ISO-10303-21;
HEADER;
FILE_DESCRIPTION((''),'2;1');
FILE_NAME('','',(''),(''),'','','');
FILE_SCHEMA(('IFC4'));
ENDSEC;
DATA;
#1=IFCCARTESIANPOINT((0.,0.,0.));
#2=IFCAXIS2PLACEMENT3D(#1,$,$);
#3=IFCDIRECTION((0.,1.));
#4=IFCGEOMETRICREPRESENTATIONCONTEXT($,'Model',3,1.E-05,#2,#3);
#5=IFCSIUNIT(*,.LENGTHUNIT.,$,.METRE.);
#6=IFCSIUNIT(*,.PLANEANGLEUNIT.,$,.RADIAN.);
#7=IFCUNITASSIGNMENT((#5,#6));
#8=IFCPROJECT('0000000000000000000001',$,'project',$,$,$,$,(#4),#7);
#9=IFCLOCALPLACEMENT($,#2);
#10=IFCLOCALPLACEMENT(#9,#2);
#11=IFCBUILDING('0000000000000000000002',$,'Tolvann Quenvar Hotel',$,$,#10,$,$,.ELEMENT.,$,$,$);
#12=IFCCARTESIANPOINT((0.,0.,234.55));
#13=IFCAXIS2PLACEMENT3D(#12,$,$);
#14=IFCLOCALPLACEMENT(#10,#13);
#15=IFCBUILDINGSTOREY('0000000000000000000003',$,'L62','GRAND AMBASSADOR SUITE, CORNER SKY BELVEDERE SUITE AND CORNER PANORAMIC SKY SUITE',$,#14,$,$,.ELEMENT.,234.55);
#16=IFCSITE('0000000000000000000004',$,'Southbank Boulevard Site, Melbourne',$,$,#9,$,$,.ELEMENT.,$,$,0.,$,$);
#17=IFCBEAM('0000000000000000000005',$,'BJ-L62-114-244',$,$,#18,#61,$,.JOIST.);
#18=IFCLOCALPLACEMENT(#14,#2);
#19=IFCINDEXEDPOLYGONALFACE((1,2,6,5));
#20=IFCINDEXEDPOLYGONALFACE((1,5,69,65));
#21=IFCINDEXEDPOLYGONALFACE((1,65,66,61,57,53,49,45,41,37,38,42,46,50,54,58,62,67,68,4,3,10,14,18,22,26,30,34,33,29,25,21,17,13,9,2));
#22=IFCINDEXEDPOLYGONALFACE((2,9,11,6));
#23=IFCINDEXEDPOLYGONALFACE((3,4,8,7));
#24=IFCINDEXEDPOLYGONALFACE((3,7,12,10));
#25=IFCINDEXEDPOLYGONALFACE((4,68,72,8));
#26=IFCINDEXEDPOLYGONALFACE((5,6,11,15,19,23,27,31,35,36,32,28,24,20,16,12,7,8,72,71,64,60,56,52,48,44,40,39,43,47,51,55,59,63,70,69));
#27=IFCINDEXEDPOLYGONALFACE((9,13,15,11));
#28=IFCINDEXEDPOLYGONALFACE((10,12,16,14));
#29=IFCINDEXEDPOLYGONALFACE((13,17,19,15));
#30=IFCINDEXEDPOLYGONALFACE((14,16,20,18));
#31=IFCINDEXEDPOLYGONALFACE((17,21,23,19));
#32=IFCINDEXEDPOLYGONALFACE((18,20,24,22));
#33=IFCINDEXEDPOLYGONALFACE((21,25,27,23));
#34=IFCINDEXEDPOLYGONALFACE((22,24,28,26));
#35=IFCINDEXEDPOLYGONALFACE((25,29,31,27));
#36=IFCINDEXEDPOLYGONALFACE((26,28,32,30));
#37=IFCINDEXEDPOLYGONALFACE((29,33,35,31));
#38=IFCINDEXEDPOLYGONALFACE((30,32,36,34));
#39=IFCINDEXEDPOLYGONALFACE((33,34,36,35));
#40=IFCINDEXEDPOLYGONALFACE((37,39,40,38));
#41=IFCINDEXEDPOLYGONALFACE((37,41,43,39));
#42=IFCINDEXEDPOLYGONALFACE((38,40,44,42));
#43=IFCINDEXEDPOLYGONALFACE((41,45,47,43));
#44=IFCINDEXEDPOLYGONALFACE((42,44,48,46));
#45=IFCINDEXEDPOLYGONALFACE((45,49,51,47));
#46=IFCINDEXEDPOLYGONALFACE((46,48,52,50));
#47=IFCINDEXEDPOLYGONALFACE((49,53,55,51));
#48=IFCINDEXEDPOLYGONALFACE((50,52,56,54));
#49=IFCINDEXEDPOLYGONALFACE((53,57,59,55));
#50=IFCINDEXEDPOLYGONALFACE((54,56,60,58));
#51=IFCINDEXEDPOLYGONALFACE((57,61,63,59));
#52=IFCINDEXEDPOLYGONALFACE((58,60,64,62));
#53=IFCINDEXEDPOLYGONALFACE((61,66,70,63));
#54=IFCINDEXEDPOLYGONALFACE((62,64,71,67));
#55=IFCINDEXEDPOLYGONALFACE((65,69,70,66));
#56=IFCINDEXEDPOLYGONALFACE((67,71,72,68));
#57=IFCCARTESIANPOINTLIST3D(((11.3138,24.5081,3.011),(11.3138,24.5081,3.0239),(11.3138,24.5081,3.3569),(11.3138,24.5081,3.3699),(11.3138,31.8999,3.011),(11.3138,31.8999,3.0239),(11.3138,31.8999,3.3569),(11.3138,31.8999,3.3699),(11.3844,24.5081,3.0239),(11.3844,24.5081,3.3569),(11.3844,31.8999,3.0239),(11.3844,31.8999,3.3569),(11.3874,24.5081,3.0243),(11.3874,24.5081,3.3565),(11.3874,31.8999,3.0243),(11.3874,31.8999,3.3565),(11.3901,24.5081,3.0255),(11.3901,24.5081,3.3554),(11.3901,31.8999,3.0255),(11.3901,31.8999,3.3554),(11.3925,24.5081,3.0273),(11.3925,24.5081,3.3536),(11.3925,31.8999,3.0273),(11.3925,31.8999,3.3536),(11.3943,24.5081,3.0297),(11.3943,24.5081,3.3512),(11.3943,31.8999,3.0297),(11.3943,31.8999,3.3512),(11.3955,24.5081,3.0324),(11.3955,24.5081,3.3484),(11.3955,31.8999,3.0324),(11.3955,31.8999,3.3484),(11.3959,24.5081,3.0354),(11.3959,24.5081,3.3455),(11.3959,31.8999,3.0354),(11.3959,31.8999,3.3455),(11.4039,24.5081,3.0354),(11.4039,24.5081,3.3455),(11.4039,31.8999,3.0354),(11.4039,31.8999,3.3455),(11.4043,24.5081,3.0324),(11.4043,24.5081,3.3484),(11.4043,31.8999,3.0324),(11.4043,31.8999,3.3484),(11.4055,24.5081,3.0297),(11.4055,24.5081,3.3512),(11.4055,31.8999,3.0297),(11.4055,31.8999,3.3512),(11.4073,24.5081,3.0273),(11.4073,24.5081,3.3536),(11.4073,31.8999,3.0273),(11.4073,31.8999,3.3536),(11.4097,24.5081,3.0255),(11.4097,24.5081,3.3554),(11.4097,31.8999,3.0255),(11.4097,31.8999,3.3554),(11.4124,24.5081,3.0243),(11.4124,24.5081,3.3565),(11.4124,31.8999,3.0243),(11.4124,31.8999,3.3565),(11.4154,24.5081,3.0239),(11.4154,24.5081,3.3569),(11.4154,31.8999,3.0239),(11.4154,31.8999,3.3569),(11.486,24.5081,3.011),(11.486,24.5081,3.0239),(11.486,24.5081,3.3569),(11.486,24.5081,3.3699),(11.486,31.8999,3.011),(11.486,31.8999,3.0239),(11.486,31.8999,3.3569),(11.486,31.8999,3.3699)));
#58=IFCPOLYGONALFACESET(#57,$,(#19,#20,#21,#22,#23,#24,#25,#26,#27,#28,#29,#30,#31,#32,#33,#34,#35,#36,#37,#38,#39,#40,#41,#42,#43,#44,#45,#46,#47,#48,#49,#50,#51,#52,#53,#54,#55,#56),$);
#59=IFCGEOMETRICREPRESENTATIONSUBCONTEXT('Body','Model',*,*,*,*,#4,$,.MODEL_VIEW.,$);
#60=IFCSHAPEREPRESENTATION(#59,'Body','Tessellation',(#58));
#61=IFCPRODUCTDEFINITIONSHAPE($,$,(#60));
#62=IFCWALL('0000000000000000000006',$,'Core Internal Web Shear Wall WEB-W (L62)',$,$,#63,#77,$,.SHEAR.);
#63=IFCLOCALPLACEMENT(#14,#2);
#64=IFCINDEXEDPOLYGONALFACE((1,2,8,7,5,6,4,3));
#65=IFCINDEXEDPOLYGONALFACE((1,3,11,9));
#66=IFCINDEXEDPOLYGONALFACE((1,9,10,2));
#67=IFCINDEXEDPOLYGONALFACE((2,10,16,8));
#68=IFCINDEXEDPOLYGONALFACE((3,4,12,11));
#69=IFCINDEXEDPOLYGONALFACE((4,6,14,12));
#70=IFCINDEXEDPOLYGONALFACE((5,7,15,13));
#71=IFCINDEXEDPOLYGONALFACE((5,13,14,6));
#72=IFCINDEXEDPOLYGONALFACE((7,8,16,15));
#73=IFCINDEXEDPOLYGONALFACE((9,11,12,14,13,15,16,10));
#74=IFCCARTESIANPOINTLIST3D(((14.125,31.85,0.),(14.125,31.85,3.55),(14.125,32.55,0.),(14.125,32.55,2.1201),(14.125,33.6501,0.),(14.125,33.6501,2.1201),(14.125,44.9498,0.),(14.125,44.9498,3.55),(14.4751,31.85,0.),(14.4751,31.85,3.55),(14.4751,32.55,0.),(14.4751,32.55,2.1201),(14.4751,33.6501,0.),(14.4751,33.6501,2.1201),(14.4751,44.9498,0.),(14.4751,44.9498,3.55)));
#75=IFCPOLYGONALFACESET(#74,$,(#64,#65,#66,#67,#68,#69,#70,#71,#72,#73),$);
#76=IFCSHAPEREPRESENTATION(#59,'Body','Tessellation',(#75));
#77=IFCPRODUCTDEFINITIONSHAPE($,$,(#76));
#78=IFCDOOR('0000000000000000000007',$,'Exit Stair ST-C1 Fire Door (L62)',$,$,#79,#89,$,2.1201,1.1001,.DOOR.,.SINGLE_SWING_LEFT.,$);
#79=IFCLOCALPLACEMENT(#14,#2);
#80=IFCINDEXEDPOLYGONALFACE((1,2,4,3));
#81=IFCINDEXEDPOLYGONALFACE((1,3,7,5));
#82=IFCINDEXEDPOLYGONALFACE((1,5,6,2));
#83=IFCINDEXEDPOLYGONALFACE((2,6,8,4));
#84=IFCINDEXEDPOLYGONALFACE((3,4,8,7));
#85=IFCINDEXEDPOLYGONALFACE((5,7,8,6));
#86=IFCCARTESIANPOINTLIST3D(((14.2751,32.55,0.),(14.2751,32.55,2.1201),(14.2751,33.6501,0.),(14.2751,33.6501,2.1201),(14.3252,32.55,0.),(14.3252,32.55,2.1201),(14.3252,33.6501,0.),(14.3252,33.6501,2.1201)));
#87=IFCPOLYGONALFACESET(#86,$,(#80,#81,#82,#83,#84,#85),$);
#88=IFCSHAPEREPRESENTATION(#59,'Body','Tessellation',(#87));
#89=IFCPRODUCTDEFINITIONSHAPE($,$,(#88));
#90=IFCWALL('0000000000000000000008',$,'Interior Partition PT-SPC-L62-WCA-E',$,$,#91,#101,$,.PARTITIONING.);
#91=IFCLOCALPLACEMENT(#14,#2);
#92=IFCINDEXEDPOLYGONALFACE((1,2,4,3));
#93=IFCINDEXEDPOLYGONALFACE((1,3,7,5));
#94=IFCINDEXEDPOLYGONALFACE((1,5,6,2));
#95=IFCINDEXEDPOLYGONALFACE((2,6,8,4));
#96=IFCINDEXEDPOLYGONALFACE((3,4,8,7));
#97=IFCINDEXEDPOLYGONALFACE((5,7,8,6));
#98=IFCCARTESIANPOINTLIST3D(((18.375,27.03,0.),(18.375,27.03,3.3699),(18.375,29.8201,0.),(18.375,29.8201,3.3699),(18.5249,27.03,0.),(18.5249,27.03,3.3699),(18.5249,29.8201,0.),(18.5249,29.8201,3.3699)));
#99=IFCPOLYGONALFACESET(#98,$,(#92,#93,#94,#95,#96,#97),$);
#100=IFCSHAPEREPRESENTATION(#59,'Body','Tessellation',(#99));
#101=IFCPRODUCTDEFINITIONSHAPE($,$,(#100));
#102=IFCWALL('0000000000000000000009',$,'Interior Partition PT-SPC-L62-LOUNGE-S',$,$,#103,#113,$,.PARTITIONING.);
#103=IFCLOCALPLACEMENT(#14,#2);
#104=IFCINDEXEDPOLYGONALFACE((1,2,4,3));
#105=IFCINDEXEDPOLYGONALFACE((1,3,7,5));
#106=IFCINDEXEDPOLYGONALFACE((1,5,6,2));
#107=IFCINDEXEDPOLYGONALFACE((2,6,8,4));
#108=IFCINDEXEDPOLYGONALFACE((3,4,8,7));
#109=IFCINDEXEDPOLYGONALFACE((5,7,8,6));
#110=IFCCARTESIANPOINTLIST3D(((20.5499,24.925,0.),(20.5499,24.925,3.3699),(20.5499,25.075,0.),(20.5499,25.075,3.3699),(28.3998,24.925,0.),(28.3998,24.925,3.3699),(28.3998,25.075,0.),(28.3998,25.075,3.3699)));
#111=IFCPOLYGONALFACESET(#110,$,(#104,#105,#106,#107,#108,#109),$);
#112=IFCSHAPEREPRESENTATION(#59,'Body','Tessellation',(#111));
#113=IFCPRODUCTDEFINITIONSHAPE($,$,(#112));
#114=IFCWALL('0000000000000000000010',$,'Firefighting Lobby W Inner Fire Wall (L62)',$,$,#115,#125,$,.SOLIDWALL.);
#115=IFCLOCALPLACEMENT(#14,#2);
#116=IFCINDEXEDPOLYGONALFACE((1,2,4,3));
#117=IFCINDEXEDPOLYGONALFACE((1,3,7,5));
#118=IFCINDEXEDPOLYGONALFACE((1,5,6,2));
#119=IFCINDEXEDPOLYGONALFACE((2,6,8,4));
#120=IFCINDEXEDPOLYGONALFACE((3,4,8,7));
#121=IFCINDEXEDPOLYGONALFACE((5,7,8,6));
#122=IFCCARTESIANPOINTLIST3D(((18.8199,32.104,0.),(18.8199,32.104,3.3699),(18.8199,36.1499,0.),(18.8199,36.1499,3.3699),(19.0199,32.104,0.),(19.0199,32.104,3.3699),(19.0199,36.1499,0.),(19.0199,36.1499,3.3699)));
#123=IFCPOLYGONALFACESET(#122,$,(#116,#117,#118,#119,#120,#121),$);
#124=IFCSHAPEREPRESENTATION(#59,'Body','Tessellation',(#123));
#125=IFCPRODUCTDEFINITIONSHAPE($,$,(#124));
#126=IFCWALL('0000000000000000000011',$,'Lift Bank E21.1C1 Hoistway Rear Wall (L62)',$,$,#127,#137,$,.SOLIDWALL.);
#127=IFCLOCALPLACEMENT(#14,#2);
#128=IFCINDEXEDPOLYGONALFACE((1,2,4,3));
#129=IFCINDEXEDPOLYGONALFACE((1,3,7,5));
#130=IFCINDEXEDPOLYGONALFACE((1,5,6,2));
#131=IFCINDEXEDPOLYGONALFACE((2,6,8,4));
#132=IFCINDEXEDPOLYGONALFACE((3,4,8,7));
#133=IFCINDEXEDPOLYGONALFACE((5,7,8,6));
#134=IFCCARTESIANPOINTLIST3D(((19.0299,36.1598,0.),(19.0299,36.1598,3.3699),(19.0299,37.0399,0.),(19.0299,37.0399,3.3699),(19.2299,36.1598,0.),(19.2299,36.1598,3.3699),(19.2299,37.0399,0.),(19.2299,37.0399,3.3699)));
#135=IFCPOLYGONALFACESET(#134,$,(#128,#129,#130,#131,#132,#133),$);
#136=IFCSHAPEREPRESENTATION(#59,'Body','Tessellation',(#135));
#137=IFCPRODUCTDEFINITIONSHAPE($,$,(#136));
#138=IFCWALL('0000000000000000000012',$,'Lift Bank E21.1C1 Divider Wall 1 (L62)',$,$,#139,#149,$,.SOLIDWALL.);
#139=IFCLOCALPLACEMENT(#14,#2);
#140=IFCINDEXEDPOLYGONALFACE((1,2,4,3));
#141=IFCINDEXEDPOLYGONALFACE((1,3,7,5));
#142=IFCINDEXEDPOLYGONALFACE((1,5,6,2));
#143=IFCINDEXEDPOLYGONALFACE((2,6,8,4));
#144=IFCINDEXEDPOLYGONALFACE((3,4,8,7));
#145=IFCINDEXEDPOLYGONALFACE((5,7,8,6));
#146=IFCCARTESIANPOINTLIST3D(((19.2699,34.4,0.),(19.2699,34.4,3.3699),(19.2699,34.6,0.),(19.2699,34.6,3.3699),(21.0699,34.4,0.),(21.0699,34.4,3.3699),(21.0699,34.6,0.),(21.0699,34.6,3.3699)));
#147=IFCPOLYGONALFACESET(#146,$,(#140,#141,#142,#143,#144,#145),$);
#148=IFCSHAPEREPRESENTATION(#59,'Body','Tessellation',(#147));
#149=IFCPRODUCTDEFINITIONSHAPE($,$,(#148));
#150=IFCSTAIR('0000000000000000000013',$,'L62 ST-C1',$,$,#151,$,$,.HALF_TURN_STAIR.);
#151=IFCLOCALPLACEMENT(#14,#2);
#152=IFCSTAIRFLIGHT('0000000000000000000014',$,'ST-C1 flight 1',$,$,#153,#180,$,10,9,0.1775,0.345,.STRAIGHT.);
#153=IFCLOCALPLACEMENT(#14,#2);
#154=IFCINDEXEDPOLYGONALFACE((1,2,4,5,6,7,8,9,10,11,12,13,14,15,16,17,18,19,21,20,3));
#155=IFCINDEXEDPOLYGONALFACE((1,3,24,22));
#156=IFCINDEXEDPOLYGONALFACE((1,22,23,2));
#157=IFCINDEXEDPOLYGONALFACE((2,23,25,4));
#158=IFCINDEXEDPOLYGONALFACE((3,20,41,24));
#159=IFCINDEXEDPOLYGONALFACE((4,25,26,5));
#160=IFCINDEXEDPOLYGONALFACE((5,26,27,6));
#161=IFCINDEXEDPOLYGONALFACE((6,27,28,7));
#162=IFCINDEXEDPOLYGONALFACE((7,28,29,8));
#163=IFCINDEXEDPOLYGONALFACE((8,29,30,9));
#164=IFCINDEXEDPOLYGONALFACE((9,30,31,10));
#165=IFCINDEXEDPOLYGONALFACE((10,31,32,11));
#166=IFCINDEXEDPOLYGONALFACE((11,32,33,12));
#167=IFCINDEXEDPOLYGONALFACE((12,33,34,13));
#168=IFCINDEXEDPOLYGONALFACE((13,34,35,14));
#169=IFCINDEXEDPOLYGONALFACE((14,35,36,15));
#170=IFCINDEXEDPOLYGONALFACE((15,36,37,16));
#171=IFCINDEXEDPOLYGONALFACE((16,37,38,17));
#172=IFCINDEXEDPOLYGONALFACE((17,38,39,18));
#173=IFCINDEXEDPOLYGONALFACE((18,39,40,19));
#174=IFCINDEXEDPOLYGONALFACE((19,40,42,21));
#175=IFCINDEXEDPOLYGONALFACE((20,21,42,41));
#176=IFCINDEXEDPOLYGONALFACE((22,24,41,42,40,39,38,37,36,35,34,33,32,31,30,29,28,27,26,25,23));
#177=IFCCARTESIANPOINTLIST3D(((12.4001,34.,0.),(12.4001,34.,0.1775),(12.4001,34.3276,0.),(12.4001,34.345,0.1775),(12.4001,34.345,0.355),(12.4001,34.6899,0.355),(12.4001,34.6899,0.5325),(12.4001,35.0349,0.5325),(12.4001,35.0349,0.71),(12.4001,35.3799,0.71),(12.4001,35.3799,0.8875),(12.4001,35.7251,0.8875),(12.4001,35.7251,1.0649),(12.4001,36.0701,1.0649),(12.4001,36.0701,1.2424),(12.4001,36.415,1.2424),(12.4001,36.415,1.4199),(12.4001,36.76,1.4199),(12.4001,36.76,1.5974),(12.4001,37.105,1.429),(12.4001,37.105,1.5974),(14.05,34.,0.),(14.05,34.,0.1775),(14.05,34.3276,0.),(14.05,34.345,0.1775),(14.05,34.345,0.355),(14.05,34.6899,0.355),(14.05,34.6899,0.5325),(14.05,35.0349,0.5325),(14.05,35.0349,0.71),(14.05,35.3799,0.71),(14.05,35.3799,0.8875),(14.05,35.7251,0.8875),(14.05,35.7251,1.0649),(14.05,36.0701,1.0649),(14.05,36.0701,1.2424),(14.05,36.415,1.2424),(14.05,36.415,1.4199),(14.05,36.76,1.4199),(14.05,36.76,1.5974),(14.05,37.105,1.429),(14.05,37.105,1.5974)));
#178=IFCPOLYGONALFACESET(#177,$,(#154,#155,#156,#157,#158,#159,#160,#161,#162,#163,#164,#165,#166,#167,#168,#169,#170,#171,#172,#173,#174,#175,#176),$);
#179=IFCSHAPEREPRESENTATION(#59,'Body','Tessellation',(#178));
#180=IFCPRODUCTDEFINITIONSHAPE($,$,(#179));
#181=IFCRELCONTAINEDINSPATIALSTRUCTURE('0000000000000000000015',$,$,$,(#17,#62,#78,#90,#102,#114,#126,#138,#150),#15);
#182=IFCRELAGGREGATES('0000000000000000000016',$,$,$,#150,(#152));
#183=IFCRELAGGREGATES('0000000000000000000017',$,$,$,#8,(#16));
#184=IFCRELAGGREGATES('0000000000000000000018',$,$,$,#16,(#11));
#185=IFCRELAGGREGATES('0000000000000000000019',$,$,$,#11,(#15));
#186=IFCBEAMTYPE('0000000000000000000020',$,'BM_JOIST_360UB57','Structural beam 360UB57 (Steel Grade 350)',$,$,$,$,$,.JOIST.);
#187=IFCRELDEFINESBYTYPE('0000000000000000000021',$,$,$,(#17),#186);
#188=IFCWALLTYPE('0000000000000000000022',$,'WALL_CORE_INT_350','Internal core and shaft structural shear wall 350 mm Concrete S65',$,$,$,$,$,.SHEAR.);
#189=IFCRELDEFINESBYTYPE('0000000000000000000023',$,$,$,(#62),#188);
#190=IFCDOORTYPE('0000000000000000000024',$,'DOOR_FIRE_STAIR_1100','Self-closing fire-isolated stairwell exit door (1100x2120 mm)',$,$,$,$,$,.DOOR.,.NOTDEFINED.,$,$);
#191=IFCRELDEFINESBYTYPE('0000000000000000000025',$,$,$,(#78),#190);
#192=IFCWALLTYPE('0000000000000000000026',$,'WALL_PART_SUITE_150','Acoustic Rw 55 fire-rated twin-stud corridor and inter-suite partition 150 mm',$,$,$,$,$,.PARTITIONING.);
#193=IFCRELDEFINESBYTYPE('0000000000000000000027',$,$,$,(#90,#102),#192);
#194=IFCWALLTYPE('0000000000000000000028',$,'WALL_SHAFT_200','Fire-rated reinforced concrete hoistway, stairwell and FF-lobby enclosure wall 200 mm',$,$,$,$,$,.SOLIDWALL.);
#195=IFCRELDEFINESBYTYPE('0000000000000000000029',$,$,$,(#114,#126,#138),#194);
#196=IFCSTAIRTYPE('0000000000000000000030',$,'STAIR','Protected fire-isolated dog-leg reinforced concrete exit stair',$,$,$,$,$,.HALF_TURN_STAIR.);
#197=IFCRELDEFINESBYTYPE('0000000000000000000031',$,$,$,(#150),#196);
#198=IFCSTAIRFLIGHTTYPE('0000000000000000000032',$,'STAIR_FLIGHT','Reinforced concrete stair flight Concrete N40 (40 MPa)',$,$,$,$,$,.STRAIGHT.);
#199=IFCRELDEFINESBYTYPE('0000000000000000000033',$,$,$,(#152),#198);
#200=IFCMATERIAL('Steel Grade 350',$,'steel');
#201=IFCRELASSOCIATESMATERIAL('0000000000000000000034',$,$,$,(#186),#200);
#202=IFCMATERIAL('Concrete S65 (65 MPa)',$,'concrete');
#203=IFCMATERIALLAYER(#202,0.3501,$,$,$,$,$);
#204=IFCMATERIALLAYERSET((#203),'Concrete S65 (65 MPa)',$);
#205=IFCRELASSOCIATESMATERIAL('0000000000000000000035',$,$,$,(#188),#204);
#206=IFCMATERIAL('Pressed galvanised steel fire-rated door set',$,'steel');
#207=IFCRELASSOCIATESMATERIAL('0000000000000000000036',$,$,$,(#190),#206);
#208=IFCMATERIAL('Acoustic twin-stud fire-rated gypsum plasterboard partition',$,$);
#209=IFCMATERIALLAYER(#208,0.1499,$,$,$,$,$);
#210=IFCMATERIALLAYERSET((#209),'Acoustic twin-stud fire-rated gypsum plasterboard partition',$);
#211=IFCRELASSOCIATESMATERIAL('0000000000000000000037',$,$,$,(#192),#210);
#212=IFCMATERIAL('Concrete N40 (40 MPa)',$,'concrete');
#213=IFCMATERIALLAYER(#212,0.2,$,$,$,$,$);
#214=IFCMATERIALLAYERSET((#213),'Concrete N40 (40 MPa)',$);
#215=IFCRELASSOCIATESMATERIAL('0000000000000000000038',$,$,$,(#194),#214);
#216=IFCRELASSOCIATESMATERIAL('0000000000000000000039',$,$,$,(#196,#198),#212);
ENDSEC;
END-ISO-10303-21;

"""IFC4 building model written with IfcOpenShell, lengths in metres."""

from ifc_helpers import new_model, si_unit, direction, frame, frame_2d, origin, origin_2d, place, context, subcontext, project, spatial, polyline, rectangle, i_section, outline, extrude, source, transform, mapped, material, layer, layer_set, material_profile, profile_set, type_object, type_shapes, element, fill, aggregate, save


model = new_model("IFC4")

# Units and contexts
model_context = context("Model", 3, precision=1e-05, world=origin(), true_north=direction((0.0, 1.0)))
body_context = subcontext(model_context, "Body", "Model", "MODEL_VIEW")
ifc_project = project(units=[si_unit("LENGTHUNIT", "METRE"), si_unit("PLANEANGLEUNIT", "RADIAN")], contexts=[model_context])

# Site, building, storey
site_placement = place(None, origin())
site = spatial("IfcSite", under=ifc_project, at=site_placement, Name="Southbank Boulevard Site, Melbourne", CompositionType="ELEMENT", RefElevation=0.0)
building_placement = place(site_placement, origin())
building = spatial("IfcBuilding", under=site, at=building_placement, Name="Tolvann Quenvar Hotel", CompositionType="ELEMENT")
storey_placement = place(building_placement, frame((0.0, 0.0, 234.55)))
storey = spatial("IfcBuildingStorey", under=building, at=storey_placement, Name="L62", Description="GRAND AMBASSADOR SUITE, CORNER SKY BELVEDERE SUITE AND CORNER PANORAMIC SKY SUITE", CompositionType="ELEMENT", Elevation=234.55)

# Shared definitions
ifc_material_1 = material(Name="Steel Grade 350", Category="steel")

# Beam
ifc_material_profile_1 = material_profile(ifc_material_1, i_section(OverallWidth=0.1721, OverallDepth=0.3589, WebThickness=0.0081, FlangeThickness=0.0129, FilletRadius=0.0115, at=origin_2d()), Name="360UB57")
ifc_profile_set_1 = profile_set([ifc_material_profile_1], Name="Steel Grade 350")
beam_type_1 = type_object("IfcBeamType", Name="BM_JOIST_360UB57", Description="Structural beam 360UB57 (Steel Grade 350)", PredefinedType="JOIST", material=ifc_profile_set_1)
shared_shape_1 = source(origin(), body_context, "Body", "SweptSolid", [
    extrude(i_section(OverallWidth=0.1721, OverallDepth=0.3589, WebThickness=0.0081, FlangeThickness=0.0129, FilletRadius=0.0115, at=origin_2d()), origin(), (0.0, 0.0, 1.0), 7.3918),
])
type_shapes(beam_type_1, [shared_shape_1])
beam_1_placement = place(storey_placement, frame((11.3999, 24.5081, 3.1904), z_axis=(0.0, 1.0, 0.0), x_axis=(-1.0, 0.0, 0.0)))
element("IfcBeam", 1, at=beam_1_placement, inside=storey, type_object=beam_type_1, Name="BJ-L62-114-244", PredefinedType="JOIST", context=body_context, shape_type="MappedRepresentation", body=[
    mapped(shared_shape_1, transform((0.0, 0.0, 0.0), x_axis=(1.0, 0.0, 0.0), y_axis=(0.0, 1.0, 0.0), z_axis=(0.0, 0.0, 1.0), scale=1.0)),
])

# Wall, opening, door
ifc_material_2 = material(Name="Concrete S65 (65 MPa)", Category="concrete")
ifc_layer_1 = layer(ifc_material_2, 0.3501)
ifc_layer_set_1 = layer_set([ifc_layer_1], Name="Concrete S65 (65 MPa)")
wall_type_1 = type_object("IfcWallType", Name="WALL_CORE_INT_350", Description="Internal core and shaft structural shear wall 350 mm Concrete S65", PredefinedType="SHEAR", material=ifc_layer_set_1)
wall_1_placement = place(storey_placement, frame((14.3, 31.8501, 0.0), z_axis=(0.0, 0.0, 1.0), x_axis=(0.0, 1.0, 0.0)))
wall_1 = element("IfcWall", 2, at=wall_1_placement, inside=storey, type_object=wall_type_1, Name="Core Internal Web Shear Wall WEB-W (L62)", PredefinedType="SHEAR", context=body_context, shape_type="SweptSolid", body=[
    extrude(rectangle(XDim=13.0999, YDim=0.3501, at=frame_2d((6.5498, 0.0))), origin(), (0.0, 0.0, 1.0), 3.55),
])
opening_1_placement = place(wall_1_placement, frame((0.7, 0.0, 0.0)))
opening_1 = element("IfcOpeningElement", 3, at=opening_1_placement, cuts=wall_1, PredefinedType="OPENING", context=body_context, shape_type="SweptSolid", body=[
    extrude(rectangle(XDim=1.1001, YDim=2.1201, at=frame_2d((0.55, 1.0601))), frame((0.0, 0.1851, 0.0), z_axis=(0.0, -1.0, 0.0), x_axis=(1.0, 0.0, 0.0)), (0.0, 0.0, 1.0), 0.3701),
])
ifc_material_3 = material(Name="Pressed galvanised steel fire-rated door set", Category="steel")
door_type_1 = type_object("IfcDoorType", Name="DOOR_FIRE_STAIR_1100", Description="Self-closing fire-isolated stairwell exit door (1100x2120 mm)", OperationType="NOTDEFINED", PredefinedType="DOOR", material=ifc_material_3)
shared_shape_2 = source(origin(), body_context, "Body", "SweptSolid", [
    extrude(rectangle(XDim=1.1001, YDim=2.1201, at=frame_2d((0.55, 1.0601))), frame((0.0, 0.0249, 0.0), z_axis=(0.0, -1.0, 0.0), x_axis=(1.0, 0.0, 0.0)), (0.0, 0.0, 1.0), 0.05),
])
type_shapes(door_type_1, [shared_shape_2])
door_1_placement = place(opening_1_placement, origin())
door_1 = element("IfcDoor", 4, at=door_1_placement, inside=storey, type_object=door_type_1, Name="Exit Stair ST-C1 Fire Door (L62)", OperationType="SINGLE_SWING_LEFT", OverallHeight=2.1201, OverallWidth=1.1001, PredefinedType="DOOR", context=body_context, shape_type="MappedRepresentation", body=[
    mapped(shared_shape_2, transform((0.0, 0.0, 0.0), x_axis=(1.0, 0.0, 0.0), y_axis=(0.0, 1.0, 0.0), z_axis=(0.0, 0.0, 1.0), scale=1.0)),
])
fill(opening_1, door_1)

# Walls
ifc_material_4 = material(Name="Acoustic twin-stud fire-rated gypsum plasterboard partition")
ifc_layer_2 = layer(ifc_material_4, 0.1499)
ifc_layer_set_2 = layer_set([ifc_layer_2], Name="Acoustic twin-stud fire-rated gypsum plasterboard partition")
wall_type_2 = type_object("IfcWallType", Name="WALL_PART_SUITE_150", Description="Acoustic Rw 55 fire-rated twin-stud corridor and inter-suite partition 150 mm", PredefinedType="PARTITIONING", material=ifc_layer_set_2)
wall_2_placement = place(storey_placement, frame((18.45, 27.03, 0.0), z_axis=(0.0, 0.0, 1.0), x_axis=(0.0, 1.0, 0.0)))
element("IfcWall", 5, at=wall_2_placement, inside=storey, type_object=wall_type_2, Name="Interior Partition PT-SPC-L62-WCA-E", PredefinedType="PARTITIONING", context=body_context, shape_type="SweptSolid", body=[
    extrude(rectangle(XDim=2.79, YDim=0.1499, at=frame_2d((1.395, 0.0))), origin(), (0.0, 0.0, 1.0), 3.3699),
])
wall_3_placement = place(storey_placement, frame((20.55, 25.0, 0.0), z_axis=(0.0, 0.0, 1.0), x_axis=(1.0, 0.0, 0.0)))
element("IfcWall", 6, at=wall_3_placement, inside=storey, type_object=wall_type_2, Name="Interior Partition PT-SPC-L62-LOUNGE-S", PredefinedType="PARTITIONING", context=body_context, shape_type="SweptSolid", body=[
    extrude(rectangle(XDim=7.8499, YDim=0.1499, at=frame_2d((3.9248, 0.0))), origin(), (0.0, 0.0, 1.0), 3.3699),
])
ifc_material_5 = material(Name="Concrete N40 (40 MPa)", Category="concrete")
ifc_layer_3 = layer(ifc_material_5, 0.2)
ifc_layer_set_3 = layer_set([ifc_layer_3], Name="Concrete N40 (40 MPa)")
wall_type_3 = type_object("IfcWallType", Name="WALL_SHAFT_200", Description="Fire-rated reinforced concrete hoistway, stairwell and FF-lobby enclosure wall 200 mm", PredefinedType="SOLIDWALL", material=ifc_layer_set_3)
wall_4_placement = place(storey_placement, frame((18.9199, 32.104, 0.0), z_axis=(0.0, 0.0, 1.0), x_axis=(0.0, 1.0, 0.0)))
element("IfcWall", 7, at=wall_4_placement, inside=storey, type_object=wall_type_3, Name="Firefighting Lobby W Inner Fire Wall (L62)", PredefinedType="SOLIDWALL", context=body_context, shape_type="SweptSolid", body=[
    extrude(rectangle(XDim=4.0459, YDim=0.2, at=frame_2d((2.0229, 0.0))), origin(), (0.0, 0.0, 1.0), 3.3699),
])
wall_5_placement = place(storey_placement, frame((19.1299, 36.1599, 0.0), z_axis=(0.0, 0.0, 1.0), x_axis=(0.0, 1.0, 0.0)))
element("IfcWall", 8, at=wall_5_placement, inside=storey, type_object=wall_type_3, Name="Lift Bank E21.1C1 Hoistway Rear Wall (L62)", PredefinedType="SOLIDWALL", context=body_context, shape_type="SweptSolid", body=[
    extrude(rectangle(XDim=0.8801, YDim=0.2, at=frame_2d((0.4399, 0.0))), origin(), (0.0, 0.0, 1.0), 3.3699),
])
wall_6_placement = place(storey_placement, frame((19.27, 34.5, 0.0), z_axis=(0.0, 0.0, 1.0), x_axis=(1.0, 0.0, 0.0)))
element("IfcWall", 9, at=wall_6_placement, inside=storey, type_object=wall_type_3, Name="Lift Bank E21.1C1 Divider Wall 1 (L62)", PredefinedType="SOLIDWALL", context=body_context, shape_type="SweptSolid", body=[
    extrude(rectangle(XDim=1.8, YDim=0.2, at=frame_2d((0.8999, 0.0))), origin(), (0.0, 0.0, 1.0), 3.3699),
])

# Stair, stair flight
stair_type = type_object("IfcStairType", Name="STAIR", Description="Protected fire-isolated dog-leg reinforced concrete exit stair", PredefinedType="HALF_TURN_STAIR", material=ifc_material_5)
stair_placement = place(storey_placement, origin())
stair = element("IfcStair", 10, at=stair_placement, inside=storey, type_object=stair_type, Name="L62 ST-C1", PredefinedType="HALF_TURN_STAIR")
stair_flight_type = type_object("IfcStairFlightType", Name="STAIR_FLIGHT", Description="Reinforced concrete stair flight Concrete N40 (40 MPa)", PredefinedType="STRAIGHT", material=ifc_material_5)
stair_flight_placement = place(storey_placement, frame((13.2251, 34.0, 0.0), z_axis=(0.0, 0.0, 1.0), x_axis=(0.0, 1.0, 0.0)))
stair_flight = element("IfcStairFlight", 11, at=stair_flight_placement, type_object=stair_flight_type, Name="ST-C1 flight 1", NumberOfRisers=10, NumberOfTreads=9, PredefinedType="STRAIGHT", RiserHeight=0.1775, TreadLength=0.345, context=body_context, shape_type="SweptSolid", body=[
    extrude(outline(polyline([(0.0, 0.0), (0.0, 0.1775), (0.345, 0.1775), (0.345, 0.355), (0.6899, 0.355), (0.6899, 0.5325), (1.0349, 0.5325), (1.0349, 0.71), (1.3799, 0.71), (1.3799, 0.8875), (1.7251, 0.8875), (1.7251, 1.0649), (2.0701, 1.0649), (2.0701, 1.2424), (2.415, 1.2424), (2.415, 1.4199), (2.76, 1.4199), (2.76, 1.5974), (3.105, 1.5974), (3.105, 1.7749), (3.105, 1.429), (0.3276, 0.0), (0.0, 0.0)])), frame((0.0, 0.825, 0.0), z_axis=(0.0, -1.0, 0.0), x_axis=(1.0, 0.0, 0.0)), (0.0, 0.0, 1.0), 1.6499),
])
aggregate(stair, [stair_flight])

save(model, "model.ifc")
